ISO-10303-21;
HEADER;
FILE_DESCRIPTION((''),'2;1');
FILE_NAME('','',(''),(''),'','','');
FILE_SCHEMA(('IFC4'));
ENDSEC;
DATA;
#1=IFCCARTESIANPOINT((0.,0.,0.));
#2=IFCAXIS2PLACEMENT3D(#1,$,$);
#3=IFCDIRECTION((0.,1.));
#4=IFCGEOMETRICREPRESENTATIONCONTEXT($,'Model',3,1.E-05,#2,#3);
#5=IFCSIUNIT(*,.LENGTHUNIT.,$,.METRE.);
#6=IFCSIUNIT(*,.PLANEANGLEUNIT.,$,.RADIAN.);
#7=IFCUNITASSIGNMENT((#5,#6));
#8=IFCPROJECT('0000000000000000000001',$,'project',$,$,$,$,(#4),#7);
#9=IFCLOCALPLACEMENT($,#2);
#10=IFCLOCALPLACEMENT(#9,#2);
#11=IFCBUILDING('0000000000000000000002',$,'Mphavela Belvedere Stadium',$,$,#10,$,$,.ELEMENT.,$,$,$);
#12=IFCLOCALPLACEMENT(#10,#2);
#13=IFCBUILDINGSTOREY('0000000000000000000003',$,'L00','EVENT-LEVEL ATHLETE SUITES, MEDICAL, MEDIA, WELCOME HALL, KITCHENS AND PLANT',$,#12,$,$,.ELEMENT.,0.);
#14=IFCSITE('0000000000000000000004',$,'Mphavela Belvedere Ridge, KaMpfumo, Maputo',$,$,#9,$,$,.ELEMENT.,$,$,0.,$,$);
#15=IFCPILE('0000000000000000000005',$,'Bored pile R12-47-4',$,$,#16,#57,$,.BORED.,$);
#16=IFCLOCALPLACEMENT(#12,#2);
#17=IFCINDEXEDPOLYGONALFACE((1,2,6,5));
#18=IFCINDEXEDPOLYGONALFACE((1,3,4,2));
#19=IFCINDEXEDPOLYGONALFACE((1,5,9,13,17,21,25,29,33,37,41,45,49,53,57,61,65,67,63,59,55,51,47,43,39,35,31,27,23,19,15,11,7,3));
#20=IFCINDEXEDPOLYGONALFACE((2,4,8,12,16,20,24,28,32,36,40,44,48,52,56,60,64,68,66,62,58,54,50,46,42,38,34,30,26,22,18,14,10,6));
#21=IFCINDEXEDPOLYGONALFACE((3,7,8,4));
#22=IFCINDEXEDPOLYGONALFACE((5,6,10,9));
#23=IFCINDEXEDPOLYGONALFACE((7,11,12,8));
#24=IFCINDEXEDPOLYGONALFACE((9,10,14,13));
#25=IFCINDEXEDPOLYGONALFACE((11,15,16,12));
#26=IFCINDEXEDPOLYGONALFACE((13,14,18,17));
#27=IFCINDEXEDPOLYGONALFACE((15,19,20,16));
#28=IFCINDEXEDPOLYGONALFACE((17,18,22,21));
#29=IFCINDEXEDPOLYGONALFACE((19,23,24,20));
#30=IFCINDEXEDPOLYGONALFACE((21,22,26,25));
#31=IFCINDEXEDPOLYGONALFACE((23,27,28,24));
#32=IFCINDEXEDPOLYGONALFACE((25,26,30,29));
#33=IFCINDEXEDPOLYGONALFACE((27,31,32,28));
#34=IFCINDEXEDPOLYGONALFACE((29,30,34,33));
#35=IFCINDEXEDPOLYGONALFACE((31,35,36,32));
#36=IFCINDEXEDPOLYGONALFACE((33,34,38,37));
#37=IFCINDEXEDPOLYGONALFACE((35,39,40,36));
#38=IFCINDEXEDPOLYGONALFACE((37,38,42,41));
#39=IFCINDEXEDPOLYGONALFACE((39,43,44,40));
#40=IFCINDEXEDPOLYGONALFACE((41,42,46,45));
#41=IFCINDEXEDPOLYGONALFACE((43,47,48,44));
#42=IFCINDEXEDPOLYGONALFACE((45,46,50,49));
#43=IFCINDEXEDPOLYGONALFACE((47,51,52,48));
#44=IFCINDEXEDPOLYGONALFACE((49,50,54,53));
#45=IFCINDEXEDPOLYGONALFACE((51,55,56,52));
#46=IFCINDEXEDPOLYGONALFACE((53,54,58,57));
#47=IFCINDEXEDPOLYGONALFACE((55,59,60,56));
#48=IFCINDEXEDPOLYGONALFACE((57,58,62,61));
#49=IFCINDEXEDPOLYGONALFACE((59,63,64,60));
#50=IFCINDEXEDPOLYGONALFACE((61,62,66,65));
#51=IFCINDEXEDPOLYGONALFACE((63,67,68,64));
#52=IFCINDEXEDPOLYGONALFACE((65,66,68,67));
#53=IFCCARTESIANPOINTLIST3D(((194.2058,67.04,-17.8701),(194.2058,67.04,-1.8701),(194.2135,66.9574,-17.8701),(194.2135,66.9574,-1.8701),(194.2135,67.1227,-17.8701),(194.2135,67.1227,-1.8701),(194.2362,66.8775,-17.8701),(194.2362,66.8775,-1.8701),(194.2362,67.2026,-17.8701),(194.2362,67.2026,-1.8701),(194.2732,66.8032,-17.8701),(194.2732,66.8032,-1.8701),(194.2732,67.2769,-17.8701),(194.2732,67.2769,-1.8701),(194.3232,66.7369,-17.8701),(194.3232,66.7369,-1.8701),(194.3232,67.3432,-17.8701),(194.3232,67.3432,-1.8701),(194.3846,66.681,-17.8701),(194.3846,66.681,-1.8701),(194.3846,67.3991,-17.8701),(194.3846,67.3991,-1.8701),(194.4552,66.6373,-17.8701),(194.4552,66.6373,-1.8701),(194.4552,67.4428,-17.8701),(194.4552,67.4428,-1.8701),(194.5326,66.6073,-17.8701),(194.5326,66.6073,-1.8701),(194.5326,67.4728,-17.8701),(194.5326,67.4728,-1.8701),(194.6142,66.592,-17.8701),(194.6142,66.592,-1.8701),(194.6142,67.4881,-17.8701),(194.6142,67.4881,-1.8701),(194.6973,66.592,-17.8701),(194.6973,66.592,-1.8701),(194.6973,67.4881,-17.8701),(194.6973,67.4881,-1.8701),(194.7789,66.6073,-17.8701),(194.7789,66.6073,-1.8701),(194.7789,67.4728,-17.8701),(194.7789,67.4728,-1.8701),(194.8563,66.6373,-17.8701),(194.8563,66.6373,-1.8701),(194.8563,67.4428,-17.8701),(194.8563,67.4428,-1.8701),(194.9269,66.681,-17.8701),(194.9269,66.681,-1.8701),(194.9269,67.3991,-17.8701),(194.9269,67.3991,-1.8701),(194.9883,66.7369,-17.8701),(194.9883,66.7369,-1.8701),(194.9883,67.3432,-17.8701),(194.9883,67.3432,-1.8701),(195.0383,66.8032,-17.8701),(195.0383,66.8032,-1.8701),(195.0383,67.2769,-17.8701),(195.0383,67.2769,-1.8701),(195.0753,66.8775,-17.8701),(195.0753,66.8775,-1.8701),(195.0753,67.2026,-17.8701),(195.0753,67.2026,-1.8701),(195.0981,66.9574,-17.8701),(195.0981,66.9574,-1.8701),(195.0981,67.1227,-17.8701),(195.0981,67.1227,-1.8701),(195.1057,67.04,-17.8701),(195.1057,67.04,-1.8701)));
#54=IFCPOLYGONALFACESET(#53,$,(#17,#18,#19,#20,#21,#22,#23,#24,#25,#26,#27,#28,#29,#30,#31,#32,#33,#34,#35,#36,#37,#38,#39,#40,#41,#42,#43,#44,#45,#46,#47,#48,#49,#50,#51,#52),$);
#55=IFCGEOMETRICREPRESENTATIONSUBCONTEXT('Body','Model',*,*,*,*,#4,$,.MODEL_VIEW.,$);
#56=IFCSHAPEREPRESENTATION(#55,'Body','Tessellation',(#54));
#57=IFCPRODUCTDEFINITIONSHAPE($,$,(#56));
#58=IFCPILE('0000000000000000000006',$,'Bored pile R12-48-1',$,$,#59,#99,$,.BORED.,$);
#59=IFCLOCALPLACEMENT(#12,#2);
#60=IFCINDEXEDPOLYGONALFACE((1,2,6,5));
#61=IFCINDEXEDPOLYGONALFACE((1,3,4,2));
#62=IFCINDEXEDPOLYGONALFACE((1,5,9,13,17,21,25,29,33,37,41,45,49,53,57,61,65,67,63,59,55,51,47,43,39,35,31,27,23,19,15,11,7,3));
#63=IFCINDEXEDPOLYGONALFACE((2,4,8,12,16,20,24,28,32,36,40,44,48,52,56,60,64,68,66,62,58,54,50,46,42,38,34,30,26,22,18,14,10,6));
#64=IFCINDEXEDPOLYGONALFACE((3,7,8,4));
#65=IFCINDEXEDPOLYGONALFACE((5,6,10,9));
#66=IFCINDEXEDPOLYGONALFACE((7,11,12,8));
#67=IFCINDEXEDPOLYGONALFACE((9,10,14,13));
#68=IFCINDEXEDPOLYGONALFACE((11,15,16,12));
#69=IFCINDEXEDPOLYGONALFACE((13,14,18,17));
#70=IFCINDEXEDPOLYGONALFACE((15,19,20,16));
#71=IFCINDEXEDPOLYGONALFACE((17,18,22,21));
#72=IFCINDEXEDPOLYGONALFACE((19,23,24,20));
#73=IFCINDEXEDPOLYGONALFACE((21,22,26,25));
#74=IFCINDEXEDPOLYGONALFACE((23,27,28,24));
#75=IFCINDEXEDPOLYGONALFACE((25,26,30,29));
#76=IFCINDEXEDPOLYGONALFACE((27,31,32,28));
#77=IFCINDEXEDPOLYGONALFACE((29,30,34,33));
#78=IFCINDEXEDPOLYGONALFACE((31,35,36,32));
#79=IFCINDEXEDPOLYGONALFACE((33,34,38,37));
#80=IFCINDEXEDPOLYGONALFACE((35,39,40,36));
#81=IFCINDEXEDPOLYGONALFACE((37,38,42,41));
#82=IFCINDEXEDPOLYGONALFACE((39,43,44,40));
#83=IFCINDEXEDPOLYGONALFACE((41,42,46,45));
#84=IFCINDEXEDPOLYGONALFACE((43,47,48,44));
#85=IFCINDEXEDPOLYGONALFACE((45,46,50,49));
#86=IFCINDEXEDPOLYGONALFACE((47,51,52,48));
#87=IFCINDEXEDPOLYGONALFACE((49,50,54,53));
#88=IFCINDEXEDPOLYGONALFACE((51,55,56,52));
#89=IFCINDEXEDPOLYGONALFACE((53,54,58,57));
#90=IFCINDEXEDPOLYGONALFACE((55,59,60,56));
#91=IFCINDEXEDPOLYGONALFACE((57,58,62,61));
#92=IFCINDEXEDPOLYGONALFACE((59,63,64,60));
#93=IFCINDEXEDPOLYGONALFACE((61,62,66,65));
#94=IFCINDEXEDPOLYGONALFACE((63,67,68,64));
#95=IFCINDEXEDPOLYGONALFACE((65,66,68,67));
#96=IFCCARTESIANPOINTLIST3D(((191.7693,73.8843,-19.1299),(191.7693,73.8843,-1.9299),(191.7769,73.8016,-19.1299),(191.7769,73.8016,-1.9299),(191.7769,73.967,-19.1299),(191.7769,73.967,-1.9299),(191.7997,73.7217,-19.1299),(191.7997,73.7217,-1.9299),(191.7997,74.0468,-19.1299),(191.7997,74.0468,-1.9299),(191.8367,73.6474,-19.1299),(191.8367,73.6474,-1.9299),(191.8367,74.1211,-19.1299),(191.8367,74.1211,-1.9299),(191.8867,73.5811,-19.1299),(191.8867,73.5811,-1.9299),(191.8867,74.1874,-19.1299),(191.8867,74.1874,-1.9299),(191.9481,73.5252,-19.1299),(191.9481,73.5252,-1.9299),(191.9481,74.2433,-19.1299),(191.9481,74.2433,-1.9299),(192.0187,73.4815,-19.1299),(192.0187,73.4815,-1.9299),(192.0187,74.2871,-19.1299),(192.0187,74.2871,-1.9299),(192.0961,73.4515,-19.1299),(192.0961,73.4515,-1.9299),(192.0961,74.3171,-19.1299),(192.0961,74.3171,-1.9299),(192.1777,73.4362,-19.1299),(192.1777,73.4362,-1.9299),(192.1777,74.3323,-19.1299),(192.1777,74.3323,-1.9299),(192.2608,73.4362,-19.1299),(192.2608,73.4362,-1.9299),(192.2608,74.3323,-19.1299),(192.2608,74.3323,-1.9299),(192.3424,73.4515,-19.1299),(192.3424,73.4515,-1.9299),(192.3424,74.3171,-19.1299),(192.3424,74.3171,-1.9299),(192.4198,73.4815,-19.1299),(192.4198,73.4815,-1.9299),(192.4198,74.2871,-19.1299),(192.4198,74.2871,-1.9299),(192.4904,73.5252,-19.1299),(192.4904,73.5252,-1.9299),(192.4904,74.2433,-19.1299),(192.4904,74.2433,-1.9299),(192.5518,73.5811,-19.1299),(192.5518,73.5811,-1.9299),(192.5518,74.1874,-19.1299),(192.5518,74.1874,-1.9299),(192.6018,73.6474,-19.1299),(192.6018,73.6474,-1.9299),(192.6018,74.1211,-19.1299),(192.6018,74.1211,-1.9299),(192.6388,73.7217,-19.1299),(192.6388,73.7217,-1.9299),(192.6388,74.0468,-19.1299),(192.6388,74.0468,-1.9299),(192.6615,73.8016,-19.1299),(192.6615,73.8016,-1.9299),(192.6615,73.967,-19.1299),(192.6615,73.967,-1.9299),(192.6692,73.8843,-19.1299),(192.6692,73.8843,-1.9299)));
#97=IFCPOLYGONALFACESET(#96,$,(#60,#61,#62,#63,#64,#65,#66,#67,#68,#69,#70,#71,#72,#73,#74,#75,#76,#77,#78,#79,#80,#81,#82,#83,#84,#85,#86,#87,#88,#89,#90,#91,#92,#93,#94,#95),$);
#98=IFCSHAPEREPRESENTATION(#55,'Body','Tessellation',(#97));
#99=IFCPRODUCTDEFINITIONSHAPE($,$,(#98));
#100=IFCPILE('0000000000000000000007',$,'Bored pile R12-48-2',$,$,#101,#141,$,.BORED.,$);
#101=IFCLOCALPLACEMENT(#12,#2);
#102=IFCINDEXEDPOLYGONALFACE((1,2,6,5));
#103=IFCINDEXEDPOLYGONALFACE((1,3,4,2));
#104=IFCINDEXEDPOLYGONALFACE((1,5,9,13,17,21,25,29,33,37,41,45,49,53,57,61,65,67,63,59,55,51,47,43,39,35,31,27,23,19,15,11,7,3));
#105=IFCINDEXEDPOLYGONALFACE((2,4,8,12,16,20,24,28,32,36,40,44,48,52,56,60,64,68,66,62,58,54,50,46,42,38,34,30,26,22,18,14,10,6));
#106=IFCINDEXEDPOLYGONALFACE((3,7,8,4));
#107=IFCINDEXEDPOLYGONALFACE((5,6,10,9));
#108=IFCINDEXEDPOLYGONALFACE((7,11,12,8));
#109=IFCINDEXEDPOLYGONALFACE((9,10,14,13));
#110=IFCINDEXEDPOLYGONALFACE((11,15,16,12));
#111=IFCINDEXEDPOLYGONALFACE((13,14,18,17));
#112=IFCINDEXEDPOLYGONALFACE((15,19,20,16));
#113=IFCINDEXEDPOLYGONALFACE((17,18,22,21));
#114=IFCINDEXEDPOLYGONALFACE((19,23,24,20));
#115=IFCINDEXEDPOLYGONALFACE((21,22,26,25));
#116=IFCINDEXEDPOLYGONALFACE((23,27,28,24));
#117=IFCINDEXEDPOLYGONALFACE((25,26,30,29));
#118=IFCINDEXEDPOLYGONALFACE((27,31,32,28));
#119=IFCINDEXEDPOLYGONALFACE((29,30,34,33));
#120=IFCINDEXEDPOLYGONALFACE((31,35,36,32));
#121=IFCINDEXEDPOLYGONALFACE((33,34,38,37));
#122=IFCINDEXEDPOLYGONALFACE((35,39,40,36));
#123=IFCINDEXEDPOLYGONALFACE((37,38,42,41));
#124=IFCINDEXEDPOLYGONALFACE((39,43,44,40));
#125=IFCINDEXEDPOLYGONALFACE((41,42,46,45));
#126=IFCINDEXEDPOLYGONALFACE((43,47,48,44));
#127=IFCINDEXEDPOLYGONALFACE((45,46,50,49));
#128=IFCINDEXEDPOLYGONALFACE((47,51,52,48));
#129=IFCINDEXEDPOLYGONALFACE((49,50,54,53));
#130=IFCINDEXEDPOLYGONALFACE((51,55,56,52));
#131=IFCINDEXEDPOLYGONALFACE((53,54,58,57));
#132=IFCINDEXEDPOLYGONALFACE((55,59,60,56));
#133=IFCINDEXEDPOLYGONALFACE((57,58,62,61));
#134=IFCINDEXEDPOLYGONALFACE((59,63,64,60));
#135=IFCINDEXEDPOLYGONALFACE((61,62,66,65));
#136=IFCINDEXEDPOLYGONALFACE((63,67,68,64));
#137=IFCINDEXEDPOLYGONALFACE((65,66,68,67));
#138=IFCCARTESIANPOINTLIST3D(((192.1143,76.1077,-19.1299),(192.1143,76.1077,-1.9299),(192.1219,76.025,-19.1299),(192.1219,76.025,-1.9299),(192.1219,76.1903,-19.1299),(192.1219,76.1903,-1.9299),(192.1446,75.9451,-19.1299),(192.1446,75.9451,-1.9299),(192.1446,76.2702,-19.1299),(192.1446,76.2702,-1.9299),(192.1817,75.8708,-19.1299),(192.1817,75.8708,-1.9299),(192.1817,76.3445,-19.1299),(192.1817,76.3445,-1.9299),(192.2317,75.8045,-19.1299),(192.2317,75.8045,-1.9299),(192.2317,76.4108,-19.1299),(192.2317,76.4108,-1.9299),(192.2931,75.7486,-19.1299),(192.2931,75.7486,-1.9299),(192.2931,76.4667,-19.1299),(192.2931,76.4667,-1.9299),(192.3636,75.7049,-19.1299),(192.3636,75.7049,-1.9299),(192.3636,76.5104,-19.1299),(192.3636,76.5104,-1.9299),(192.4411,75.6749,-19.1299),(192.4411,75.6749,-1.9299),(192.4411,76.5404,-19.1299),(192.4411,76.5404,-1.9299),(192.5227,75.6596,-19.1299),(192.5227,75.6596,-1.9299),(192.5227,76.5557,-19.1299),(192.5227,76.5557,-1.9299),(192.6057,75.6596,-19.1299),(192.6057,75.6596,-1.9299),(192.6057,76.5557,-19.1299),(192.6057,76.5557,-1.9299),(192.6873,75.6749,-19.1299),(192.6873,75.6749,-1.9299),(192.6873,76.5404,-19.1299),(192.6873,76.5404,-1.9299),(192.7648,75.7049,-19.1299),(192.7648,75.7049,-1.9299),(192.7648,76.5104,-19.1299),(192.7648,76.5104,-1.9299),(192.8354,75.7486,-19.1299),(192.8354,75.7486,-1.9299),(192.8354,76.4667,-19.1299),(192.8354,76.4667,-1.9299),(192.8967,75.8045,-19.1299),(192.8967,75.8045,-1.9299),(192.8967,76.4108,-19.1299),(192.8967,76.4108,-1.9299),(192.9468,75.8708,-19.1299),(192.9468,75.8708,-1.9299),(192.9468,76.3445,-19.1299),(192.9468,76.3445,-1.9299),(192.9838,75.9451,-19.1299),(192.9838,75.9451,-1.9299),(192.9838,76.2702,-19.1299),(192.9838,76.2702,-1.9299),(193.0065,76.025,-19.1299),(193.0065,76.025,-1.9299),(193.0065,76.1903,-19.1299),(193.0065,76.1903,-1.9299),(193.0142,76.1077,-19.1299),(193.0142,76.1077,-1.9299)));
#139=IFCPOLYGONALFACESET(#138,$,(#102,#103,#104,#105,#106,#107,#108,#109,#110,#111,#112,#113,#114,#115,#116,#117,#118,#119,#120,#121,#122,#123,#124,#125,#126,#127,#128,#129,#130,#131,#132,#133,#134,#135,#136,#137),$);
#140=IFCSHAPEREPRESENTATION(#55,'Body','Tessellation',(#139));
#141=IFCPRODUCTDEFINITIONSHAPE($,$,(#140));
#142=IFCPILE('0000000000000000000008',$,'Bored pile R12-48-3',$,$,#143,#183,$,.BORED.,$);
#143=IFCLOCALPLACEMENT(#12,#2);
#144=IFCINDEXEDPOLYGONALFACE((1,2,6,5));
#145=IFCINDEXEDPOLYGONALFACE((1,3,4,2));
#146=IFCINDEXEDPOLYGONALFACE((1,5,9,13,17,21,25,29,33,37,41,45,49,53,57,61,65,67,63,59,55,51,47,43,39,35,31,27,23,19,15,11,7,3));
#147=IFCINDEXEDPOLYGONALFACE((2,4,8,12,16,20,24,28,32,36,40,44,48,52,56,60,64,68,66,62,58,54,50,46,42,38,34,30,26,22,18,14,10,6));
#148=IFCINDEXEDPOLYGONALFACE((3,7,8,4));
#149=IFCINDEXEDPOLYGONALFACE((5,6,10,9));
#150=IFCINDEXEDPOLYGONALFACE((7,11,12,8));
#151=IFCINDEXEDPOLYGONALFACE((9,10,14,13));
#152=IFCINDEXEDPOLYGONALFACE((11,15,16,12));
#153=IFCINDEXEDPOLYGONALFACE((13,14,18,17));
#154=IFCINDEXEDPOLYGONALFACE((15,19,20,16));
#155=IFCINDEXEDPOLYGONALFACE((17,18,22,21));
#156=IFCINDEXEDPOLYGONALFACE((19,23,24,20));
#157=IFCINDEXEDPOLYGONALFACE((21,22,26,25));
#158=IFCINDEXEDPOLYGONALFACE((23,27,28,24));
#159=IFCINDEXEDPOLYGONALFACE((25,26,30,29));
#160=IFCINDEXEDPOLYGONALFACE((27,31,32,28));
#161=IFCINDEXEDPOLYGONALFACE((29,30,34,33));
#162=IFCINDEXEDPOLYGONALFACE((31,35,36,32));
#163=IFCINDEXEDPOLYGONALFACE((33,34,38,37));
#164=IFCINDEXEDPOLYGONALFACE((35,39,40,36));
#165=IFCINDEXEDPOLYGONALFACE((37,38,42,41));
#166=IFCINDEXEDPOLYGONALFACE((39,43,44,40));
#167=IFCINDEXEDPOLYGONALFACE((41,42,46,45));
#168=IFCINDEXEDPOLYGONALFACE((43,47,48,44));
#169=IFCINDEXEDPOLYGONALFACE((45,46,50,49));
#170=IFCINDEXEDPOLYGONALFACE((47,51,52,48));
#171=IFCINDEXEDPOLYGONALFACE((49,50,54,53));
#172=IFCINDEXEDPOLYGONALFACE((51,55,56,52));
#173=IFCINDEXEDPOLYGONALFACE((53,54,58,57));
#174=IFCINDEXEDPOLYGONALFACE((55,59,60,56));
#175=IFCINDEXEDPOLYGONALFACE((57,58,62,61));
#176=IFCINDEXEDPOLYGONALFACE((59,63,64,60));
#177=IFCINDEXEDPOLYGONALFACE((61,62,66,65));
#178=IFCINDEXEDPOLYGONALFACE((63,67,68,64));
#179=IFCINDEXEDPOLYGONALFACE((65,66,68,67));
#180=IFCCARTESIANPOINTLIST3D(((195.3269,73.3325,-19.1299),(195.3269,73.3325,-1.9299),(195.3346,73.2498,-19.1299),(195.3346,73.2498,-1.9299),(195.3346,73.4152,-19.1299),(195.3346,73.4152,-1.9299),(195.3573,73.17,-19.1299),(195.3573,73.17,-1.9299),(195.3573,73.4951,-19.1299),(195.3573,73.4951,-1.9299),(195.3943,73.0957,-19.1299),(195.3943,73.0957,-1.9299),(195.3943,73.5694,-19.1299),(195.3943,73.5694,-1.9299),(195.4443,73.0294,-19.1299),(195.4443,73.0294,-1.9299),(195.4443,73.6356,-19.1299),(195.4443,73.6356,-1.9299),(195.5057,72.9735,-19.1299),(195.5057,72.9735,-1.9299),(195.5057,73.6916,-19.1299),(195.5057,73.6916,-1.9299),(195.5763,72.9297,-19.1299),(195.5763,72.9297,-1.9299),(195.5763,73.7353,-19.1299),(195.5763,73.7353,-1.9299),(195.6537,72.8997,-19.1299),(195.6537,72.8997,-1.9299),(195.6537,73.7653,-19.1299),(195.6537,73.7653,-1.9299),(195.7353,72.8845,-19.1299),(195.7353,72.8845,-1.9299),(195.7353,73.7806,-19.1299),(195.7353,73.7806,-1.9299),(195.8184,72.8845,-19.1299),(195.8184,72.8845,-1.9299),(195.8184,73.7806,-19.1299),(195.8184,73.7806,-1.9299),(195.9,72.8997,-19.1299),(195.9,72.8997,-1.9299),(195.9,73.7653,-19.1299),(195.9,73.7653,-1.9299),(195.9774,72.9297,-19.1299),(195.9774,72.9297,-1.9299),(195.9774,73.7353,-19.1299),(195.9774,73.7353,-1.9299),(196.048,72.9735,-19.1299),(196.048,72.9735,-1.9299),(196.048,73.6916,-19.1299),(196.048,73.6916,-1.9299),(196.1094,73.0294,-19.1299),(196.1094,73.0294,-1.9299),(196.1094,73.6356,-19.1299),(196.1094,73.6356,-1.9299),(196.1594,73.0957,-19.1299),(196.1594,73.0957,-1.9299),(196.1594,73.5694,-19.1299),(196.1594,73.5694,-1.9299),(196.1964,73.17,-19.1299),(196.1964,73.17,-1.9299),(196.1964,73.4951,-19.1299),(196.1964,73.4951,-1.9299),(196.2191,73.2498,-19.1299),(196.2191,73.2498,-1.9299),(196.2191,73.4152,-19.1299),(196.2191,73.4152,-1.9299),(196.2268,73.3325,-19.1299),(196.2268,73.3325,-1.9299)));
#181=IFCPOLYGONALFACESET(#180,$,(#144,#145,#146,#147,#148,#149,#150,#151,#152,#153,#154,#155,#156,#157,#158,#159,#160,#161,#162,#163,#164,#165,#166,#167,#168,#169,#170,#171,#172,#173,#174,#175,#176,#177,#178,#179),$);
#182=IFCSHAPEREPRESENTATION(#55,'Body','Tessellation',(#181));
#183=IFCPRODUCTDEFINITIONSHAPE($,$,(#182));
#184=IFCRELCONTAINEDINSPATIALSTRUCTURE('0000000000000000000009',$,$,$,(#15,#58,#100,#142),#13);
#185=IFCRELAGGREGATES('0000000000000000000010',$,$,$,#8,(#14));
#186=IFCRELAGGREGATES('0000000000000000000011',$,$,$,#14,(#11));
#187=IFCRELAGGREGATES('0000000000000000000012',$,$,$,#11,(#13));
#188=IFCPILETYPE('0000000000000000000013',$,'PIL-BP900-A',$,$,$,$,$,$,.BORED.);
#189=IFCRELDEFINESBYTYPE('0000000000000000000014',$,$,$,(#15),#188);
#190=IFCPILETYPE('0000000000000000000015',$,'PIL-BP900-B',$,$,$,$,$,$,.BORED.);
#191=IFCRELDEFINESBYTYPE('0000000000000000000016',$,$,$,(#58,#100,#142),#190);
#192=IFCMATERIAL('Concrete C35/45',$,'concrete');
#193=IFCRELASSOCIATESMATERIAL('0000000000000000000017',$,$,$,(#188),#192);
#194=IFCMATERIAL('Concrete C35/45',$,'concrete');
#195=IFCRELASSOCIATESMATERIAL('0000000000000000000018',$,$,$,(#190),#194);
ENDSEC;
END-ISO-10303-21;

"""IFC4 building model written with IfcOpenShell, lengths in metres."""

from ifc_helpers import new_model, si_unit, direction, frame, origin, origin_2d, place, context, subcontext, project, spatial, circle, extrude, material, material_profile, profile_set, type_object, element, save


model = new_model("IFC4")

# Units and contexts
model_context = context("Model", 3, precision=1e-05, world=origin(), true_north=direction((0.0, 1.0)))
body_context = subcontext(model_context, "Body", "Model", "MODEL_VIEW")
ifc_project = project(units=[si_unit("LENGTHUNIT", "METRE"), si_unit("PLANEANGLEUNIT", "RADIAN")], contexts=[model_context])

# Site, building, storey
site_placement = place(None, origin())
site = spatial("IfcSite", under=ifc_project, at=site_placement, Name="Mphavela Belvedere Ridge, KaMpfumo, Maputo", CompositionType="ELEMENT", RefElevation=0.0)
building_placement = place(site_placement, origin())
building = spatial("IfcBuilding", under=site, at=building_placement, Name="Mphavela Belvedere Stadium", CompositionType="ELEMENT")
storey_placement = place(building_placement, origin())
storey = spatial("IfcBuildingStorey", under=building, at=storey_placement, Name="L00", Description="EVENT-LEVEL ATHLETE SUITES, MEDICAL, MEDIA, WELCOME HALL, KITCHENS AND PLANT", CompositionType="ELEMENT", Elevation=0.0)

# Piles
ifc_material_1 = material(Name="Concrete C35/45", Category="concrete")
ifc_material_profile_1 = material_profile(ifc_material_1, circle(Radius=0.45, at=origin_2d()), Name="BP D900")
ifc_profile_set_1 = profile_set([ifc_material_profile_1], Name="Concrete C35/45")
pile_type_1 = type_object("IfcPileType", Name="PIL-BP900-A", PredefinedType="BORED", material=ifc_profile_set_1)
for number, where, z_axis, x_axis, name in (
    (1, (194.6558, 67.04, -1.8701), (0.0, 0.0, -1.0), (1.0, 0.0, 0.0), "Bored pile R12-47-4"),
):
    element("IfcPile", number, at=place(storey_placement, frame(where, z_axis=z_axis, x_axis=x_axis)), inside=storey, type_object=pile_type_1, Name=name, PredefinedType="BORED", context=body_context, shape_type="SweptSolid", body=[
        extrude(circle(Radius=0.45, at=origin_2d()), origin(), (0.0, 0.0, 1.0), 16.0),
    ])
ifc_material_2 = material(Name="Concrete C35/45", Category="concrete")
ifc_material_profile_2 = material_profile(ifc_material_2, circle(Radius=0.45, at=origin_2d()), Name="BP D900")
ifc_profile_set_2 = profile_set([ifc_material_profile_2], Name="Concrete C35/45")
pile_type_2 = type_object("IfcPileType", Name="PIL-BP900-B", PredefinedType="BORED", material=ifc_profile_set_2)
for number, where, z_axis, x_axis, name in (
    (2, (192.2192, 73.8843, -1.9299), (0.0, 0.0, -1.0), (1.0, 0.0, 0.0), "Bored pile R12-48-1"),
    (3, (192.5642, 76.1077, -1.9299), (0.0, 0.0, -1.0), (1.0, 0.0, 0.0), "Bored pile R12-48-2"),
    (4, (195.7769, 73.3325, -1.9299), (0.0, 0.0, -1.0), (1.0, 0.0, 0.0), "Bored pile R12-48-3"),
):
    element("IfcPile", number, at=place(storey_placement, frame(where, z_axis=z_axis, x_axis=x_axis)), inside=storey, type_object=pile_type_2, Name=name, PredefinedType="BORED", context=body_context, shape_type="SweptSolid", body=[
        extrude(circle(Radius=0.45, at=origin_2d()), origin(), (0.0, 0.0, 1.0), 17.2),
    ])

save(model, "model.ifc")
